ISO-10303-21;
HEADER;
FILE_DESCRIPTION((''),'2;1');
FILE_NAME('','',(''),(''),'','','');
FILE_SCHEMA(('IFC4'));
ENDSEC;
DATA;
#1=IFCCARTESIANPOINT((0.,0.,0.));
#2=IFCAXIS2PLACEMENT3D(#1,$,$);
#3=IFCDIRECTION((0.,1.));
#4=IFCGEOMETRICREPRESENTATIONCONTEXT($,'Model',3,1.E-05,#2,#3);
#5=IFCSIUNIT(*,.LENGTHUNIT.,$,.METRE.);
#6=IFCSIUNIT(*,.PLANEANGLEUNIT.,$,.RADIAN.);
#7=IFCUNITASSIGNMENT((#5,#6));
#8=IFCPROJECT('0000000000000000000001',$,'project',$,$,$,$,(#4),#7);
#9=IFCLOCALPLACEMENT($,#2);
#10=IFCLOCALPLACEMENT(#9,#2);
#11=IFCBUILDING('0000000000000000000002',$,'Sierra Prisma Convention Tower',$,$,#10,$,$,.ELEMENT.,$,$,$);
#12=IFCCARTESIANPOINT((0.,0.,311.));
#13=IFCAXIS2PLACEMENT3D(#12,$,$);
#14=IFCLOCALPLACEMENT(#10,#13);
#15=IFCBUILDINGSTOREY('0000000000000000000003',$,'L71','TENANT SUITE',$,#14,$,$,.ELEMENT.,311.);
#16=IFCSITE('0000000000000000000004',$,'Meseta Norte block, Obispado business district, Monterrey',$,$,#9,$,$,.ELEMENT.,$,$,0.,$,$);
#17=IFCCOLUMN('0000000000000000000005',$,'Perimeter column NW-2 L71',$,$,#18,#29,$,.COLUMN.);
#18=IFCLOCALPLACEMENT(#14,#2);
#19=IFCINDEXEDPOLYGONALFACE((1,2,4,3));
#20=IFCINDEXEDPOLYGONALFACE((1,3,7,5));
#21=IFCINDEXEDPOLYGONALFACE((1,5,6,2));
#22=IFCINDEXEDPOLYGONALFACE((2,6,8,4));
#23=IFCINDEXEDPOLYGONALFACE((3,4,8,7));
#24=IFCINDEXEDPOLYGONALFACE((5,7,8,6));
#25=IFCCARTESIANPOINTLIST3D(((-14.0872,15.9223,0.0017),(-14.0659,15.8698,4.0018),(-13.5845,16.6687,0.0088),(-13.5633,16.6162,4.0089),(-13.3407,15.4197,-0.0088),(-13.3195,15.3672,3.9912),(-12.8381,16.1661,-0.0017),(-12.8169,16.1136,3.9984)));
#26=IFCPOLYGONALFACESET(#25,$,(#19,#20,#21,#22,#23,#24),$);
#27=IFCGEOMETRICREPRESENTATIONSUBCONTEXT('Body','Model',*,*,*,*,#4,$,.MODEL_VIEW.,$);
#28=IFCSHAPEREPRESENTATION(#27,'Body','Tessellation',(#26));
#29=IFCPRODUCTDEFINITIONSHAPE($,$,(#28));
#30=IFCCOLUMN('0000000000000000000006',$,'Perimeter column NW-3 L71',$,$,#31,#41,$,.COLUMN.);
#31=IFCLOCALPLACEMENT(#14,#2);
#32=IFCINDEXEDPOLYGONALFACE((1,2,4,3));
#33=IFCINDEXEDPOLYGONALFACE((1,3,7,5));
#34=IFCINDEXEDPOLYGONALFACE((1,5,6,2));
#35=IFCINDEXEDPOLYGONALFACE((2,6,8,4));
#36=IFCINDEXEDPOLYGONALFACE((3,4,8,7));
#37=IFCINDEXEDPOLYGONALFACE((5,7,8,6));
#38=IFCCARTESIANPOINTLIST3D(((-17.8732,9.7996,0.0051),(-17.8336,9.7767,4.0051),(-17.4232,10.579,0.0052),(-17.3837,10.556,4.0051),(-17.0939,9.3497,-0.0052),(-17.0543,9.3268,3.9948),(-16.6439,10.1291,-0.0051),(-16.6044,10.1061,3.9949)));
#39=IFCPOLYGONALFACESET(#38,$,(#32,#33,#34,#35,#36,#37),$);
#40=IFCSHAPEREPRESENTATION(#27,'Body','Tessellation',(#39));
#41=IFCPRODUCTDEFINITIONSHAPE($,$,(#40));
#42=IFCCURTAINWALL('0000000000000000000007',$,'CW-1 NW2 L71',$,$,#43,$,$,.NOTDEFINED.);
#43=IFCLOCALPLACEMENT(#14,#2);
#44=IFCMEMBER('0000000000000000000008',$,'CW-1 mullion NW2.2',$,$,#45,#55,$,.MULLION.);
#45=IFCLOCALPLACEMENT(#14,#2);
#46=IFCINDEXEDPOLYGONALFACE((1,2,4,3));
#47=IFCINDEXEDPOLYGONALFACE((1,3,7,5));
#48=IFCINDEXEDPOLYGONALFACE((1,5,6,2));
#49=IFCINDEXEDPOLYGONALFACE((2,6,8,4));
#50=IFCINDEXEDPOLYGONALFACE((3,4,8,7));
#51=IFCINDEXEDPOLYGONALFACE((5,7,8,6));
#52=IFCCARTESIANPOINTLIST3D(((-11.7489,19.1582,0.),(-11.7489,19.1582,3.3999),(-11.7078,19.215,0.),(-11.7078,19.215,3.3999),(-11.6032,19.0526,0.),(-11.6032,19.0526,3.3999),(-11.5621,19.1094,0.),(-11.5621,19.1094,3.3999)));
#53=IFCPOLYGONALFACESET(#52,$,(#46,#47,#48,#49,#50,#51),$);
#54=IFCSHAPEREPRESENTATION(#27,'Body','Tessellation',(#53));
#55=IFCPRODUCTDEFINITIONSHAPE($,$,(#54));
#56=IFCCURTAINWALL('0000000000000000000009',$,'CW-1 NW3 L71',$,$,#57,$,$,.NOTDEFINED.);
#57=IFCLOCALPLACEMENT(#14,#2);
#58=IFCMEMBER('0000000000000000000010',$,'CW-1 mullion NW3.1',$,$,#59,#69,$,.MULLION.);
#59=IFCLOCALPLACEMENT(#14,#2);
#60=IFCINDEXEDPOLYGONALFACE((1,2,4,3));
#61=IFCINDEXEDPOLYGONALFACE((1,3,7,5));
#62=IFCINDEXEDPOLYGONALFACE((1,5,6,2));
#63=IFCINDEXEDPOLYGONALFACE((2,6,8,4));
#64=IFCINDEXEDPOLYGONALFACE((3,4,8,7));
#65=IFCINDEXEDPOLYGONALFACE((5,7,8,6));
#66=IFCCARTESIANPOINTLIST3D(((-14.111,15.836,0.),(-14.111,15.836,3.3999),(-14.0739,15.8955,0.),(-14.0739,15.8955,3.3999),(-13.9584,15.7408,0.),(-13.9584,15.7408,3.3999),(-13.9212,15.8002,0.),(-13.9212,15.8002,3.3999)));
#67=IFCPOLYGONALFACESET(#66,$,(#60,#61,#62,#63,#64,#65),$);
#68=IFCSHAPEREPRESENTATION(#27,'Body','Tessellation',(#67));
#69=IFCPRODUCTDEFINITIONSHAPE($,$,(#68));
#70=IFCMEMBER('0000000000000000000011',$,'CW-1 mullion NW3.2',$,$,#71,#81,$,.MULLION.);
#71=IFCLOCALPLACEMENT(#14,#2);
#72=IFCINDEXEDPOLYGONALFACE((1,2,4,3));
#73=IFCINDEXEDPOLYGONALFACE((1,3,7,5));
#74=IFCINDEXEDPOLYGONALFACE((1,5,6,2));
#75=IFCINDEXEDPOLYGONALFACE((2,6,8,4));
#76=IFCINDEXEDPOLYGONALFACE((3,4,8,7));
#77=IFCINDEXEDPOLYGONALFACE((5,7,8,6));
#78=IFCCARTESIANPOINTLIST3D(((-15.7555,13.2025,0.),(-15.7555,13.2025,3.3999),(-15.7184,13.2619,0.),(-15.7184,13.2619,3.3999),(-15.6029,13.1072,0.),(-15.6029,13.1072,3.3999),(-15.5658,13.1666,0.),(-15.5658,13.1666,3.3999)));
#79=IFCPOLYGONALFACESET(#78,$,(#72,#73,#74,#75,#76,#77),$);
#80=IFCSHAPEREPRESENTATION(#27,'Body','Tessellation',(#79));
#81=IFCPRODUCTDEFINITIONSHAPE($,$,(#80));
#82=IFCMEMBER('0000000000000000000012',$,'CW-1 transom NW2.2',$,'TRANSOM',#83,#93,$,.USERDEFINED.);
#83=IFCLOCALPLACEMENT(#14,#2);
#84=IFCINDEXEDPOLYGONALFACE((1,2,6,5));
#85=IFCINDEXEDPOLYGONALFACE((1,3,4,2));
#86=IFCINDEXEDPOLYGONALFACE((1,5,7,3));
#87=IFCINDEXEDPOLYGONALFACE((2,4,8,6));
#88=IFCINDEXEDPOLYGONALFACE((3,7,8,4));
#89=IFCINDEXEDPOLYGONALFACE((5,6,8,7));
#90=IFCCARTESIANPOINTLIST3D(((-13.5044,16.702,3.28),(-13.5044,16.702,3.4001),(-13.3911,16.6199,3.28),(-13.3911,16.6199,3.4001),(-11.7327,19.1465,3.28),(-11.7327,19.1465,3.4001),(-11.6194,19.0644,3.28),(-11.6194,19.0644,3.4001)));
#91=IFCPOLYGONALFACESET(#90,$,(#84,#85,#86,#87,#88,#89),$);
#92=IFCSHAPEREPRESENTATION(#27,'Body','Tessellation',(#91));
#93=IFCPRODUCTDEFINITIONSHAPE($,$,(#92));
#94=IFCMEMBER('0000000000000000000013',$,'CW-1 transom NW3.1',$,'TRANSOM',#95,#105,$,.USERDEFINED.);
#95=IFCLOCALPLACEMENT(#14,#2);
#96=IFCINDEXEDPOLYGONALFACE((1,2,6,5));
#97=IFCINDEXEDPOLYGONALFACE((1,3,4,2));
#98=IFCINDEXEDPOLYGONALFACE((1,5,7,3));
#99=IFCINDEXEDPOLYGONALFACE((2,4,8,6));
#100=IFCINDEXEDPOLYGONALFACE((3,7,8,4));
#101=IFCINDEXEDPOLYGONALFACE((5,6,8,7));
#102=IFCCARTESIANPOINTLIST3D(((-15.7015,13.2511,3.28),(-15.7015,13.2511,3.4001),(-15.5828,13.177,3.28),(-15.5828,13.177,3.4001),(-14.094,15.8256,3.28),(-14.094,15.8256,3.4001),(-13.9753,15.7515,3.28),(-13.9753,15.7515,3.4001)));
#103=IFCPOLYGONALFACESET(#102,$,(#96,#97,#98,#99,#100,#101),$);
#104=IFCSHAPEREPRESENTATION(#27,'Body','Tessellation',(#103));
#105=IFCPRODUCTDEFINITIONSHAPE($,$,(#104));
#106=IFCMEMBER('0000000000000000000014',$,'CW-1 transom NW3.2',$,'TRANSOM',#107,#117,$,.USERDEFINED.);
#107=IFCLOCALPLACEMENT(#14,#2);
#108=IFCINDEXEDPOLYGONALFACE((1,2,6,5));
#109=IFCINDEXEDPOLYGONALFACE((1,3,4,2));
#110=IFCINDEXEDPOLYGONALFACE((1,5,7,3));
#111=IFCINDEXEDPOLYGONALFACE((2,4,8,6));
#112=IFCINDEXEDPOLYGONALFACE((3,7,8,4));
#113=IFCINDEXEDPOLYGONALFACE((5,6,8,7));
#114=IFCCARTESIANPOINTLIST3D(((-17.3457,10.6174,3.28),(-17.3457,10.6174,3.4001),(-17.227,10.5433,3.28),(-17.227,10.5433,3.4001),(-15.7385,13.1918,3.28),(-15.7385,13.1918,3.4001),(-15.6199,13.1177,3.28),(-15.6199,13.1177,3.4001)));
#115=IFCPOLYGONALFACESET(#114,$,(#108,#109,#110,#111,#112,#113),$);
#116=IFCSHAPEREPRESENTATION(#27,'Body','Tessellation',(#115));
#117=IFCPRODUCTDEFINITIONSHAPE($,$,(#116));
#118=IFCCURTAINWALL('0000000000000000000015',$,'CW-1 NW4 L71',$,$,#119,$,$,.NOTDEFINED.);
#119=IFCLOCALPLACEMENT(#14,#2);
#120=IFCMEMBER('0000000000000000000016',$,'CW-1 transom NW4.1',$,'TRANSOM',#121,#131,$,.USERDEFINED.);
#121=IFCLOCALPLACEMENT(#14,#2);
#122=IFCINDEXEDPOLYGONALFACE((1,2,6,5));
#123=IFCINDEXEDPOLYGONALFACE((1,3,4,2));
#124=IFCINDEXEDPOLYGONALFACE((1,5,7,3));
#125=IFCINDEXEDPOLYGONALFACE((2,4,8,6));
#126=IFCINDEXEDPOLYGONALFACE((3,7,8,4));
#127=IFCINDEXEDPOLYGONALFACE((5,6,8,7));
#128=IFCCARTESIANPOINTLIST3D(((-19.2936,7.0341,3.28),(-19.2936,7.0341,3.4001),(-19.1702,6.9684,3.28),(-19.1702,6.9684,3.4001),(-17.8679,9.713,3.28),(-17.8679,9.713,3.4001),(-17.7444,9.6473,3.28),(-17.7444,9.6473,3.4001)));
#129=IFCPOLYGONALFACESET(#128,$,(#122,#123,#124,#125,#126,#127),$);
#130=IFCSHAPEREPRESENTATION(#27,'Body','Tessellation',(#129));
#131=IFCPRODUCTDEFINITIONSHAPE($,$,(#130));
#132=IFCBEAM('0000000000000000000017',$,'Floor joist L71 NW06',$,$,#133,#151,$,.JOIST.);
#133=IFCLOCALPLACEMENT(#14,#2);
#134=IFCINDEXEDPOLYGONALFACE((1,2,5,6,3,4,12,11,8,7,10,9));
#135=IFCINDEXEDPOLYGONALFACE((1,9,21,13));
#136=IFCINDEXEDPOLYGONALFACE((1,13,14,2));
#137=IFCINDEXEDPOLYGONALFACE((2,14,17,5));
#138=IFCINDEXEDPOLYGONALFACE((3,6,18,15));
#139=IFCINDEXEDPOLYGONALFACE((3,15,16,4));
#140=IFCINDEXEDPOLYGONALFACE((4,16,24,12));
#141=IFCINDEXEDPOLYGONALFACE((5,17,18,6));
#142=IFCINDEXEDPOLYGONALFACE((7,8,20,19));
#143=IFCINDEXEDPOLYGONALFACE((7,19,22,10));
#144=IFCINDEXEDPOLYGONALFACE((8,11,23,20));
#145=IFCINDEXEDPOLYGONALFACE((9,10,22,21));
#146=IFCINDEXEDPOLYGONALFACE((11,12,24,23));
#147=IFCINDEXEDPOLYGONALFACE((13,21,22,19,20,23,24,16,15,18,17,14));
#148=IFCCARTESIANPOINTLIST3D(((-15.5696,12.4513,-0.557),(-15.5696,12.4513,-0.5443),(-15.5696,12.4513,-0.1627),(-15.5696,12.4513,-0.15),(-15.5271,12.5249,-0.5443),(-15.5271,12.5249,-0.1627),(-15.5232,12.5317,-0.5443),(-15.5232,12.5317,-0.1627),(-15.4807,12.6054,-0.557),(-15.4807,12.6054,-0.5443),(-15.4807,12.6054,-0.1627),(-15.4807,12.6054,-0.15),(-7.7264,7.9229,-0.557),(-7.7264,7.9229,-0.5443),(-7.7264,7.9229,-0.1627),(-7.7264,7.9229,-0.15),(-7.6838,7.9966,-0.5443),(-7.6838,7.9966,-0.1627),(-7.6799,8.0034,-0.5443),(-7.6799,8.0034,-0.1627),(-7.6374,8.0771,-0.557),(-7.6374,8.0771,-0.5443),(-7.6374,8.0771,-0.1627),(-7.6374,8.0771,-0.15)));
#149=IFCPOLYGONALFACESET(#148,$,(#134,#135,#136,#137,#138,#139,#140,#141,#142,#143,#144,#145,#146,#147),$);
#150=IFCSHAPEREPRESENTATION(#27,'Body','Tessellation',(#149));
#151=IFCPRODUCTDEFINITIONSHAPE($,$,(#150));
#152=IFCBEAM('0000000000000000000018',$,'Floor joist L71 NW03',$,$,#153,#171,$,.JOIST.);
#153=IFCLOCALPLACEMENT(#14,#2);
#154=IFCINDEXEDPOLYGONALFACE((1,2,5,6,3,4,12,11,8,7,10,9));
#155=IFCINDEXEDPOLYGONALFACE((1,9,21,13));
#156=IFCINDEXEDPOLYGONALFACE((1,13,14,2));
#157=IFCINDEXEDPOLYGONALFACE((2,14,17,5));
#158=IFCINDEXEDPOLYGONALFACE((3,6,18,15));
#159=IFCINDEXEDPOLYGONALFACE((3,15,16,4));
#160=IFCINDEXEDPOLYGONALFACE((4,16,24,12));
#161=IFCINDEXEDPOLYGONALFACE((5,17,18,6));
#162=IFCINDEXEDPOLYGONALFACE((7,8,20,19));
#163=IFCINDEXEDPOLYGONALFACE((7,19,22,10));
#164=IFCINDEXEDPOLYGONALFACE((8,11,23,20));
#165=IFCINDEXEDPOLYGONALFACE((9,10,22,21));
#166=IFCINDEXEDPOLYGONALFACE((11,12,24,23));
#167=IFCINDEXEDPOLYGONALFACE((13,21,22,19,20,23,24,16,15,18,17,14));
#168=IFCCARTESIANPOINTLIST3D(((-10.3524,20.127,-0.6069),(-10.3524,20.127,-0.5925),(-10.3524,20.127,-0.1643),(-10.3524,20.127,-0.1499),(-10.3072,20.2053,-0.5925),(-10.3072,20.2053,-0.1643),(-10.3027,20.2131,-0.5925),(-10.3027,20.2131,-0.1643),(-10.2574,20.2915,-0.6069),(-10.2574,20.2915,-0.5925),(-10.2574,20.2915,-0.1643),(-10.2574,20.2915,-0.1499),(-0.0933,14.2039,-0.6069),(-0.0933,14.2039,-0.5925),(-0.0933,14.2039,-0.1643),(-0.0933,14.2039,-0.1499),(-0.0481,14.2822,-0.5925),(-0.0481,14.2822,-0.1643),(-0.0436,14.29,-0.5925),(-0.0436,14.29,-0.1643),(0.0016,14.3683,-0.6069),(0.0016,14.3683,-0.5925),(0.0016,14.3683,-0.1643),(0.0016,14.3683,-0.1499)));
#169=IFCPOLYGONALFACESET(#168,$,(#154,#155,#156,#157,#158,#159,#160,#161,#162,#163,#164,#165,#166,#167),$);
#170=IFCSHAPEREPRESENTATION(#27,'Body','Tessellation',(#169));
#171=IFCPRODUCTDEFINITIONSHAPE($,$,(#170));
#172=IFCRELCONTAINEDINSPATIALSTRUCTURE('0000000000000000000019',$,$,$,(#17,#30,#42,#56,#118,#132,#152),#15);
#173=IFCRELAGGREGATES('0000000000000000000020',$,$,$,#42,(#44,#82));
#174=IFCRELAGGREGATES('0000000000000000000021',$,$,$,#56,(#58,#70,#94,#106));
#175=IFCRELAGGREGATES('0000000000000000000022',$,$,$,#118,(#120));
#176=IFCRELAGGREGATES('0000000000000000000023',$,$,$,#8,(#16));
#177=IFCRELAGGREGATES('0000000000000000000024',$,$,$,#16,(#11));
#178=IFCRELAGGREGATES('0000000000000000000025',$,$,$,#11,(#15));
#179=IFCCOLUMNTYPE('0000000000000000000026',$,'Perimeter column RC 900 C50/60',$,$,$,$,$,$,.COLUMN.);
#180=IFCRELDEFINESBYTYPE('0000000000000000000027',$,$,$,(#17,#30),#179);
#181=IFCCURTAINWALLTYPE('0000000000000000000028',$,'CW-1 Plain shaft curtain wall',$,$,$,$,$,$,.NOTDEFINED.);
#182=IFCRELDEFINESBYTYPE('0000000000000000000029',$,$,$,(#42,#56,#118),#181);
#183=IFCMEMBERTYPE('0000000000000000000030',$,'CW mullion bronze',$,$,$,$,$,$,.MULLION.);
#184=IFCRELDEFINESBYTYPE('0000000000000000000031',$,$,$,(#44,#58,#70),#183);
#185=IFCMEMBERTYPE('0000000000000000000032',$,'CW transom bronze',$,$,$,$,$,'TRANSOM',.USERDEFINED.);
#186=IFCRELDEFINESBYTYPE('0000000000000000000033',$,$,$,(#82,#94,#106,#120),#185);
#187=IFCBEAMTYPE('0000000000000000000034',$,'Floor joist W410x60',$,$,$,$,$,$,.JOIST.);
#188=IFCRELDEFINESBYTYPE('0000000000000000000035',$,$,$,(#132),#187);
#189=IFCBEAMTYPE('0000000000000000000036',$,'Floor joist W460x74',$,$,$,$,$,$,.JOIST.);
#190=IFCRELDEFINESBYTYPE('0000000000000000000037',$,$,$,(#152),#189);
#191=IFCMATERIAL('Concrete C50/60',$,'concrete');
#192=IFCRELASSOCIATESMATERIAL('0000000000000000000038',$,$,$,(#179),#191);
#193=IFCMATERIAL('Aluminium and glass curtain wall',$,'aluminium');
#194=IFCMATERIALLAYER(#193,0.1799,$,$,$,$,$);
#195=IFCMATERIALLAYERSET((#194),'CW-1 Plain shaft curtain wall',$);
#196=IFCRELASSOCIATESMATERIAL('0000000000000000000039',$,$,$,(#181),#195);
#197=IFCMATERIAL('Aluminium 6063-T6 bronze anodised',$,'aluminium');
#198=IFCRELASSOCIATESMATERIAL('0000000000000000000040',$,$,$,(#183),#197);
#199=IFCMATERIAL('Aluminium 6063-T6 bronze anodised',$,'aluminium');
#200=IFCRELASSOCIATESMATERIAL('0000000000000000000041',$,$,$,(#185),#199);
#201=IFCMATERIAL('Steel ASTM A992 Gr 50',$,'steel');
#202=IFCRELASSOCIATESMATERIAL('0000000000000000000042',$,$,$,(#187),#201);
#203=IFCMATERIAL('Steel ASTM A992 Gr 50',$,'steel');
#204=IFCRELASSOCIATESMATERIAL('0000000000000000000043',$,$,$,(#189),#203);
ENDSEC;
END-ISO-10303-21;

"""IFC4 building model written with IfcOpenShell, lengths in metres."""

from ifc_helpers import new_model, si_unit, direction, frame, origin, origin_2d, place, context, subcontext, project, spatial, rectangle, i_section, extrude, material, layer, layer_set, material_profile, profile_set, type_object, element, aggregate, save


model = new_model("IFC4")

# Units and contexts
model_context = context("Model", 3, precision=1e-05, world=origin(), true_north=direction((0.0, 1.0)))
body_context = subcontext(model_context, "Body", "Model", "MODEL_VIEW")
ifc_project = project(units=[si_unit("LENGTHUNIT", "METRE"), si_unit("PLANEANGLEUNIT", "RADIAN")], contexts=[model_context])

# Site, building, storey
site_placement = place(None, origin())
site = spatial("IfcSite", under=ifc_project, at=site_placement, Name="Meseta Norte block, Obispado business district, Monterrey", CompositionType="ELEMENT", RefElevation=0.0)
building_placement = place(site_placement, origin())
building = spatial("IfcBuilding", under=site, at=building_placement, Name="Sierra Prisma Convention Tower", CompositionType="ELEMENT")
storey_placement = place(building_placement, frame((0.0, 0.0, 311.0)))
storey = spatial("IfcBuildingStorey", under=building, at=storey_placement, Name="L71", Description="TENANT SUITE", CompositionType="ELEMENT", Elevation=311.0)

# Columns
ifc_material_1 = material(Name="Concrete C50/60", Category="concrete")
ifc_material_profile_1 = material_profile(ifc_material_1, rectangle(XDim=0.8999, YDim=0.8999, at=origin_2d()), Name="Perimeter column RC 900 C50/60")
ifc_profile_set_1 = profile_set([ifc_material_profile_1], Name="Concrete C50/60")
column_type = type_object("IfcColumnType", Name="Perimeter column RC 900 C50/60", PredefinedType="COLUMN", material=ifc_profile_set_1)
column_1_placement = place(storey_placement, frame((-13.4626, 16.0442, 0.0), z_axis=(0.00531, -0.013121, 0.9999), x_axis=(0.55854, 0.82944, 0.007918)))
element("IfcColumn", 1, at=column_1_placement, inside=storey, type_object=column_type, Name="Perimeter column NW-2 L71", PredefinedType="COLUMN", context=body_context, shape_type="SweptSolid", body=[
    extrude(rectangle(XDim=0.8999, YDim=0.8999, at=origin_2d()), origin(), (0.0, 0.0, 1.0), 4.0005),
])
column_2_placement = place(storey_placement, frame((-17.2585, 9.9644, 0.0), z_axis=(0.009887, -0.005737, 0.999935), x_axis=(0.499976, 0.86604, 0.000025)))
element("IfcColumn", 2, at=column_2_placement, inside=storey, type_object=column_type, Name="Perimeter column NW-3 L71", PredefinedType="COLUMN", context=body_context, shape_type="SweptSolid", body=[
    extrude(rectangle(XDim=0.8999, YDim=0.8999, at=origin_2d()), origin(), (0.0, 0.0, 1.0), 4.0002),
])

# Curtain wall, member
ifc_material_2 = material(Name="Aluminium and glass curtain wall", Category="aluminium")
ifc_layer_1 = layer(ifc_material_2, 0.1799)
ifc_layer_set_1 = layer_set([ifc_layer_1], Name="CW-1 Plain shaft curtain wall")
curtain_wall_type = type_object("IfcCurtainWallType", Name="CW-1 Plain shaft curtain wall", PredefinedType="NOTDEFINED", material=ifc_layer_set_1)
curtain_wall_1_placement = place(storey_placement, origin())
curtain_wall_1 = element("IfcCurtainWall", 3, at=curtain_wall_1_placement, inside=storey, type_object=curtain_wall_type, Name="CW-1 NW2 L71", PredefinedType="NOTDEFINED")
ifc_material_3 = material(Name="Aluminium 6063-T6 bronze anodised", Category="aluminium")
ifc_material_profile_2 = material_profile(ifc_material_3, rectangle(XDim=0.1799, YDim=0.0701, at=origin_2d()), Name="ALU MULLION 70x180")
ifc_profile_set_2 = profile_set([ifc_material_profile_2], Name="Aluminium 6063-T6 bronze anodised")
member_type_1 = type_object("IfcMemberType", Name="CW mullion bronze", PredefinedType="MULLION", material=ifc_profile_set_2)
member_1_placement = place(storey_placement, frame((-11.6555, 19.1338, 0.0), z_axis=(0.0, 0.0, 1.0), x_axis=(0.809702, -0.586841, 0.0)))
member_1 = element("IfcMember", 4, at=member_1_placement, type_object=member_type_1, Name="CW-1 mullion NW2.2", PredefinedType="MULLION", context=body_context, shape_type="SweptSolid", body=[
    extrude(rectangle(XDim=0.1799, YDim=0.0701, at=origin_2d()), origin(), (0.0, 0.0, 1.0), 3.3999),
])

# Curtain wall, members
curtain_wall_2_placement = place(storey_placement, origin())
curtain_wall_2 = element("IfcCurtainWall", 5, at=curtain_wall_2_placement, inside=storey, type_object=curtain_wall_type, Name="CW-1 NW3 L71", PredefinedType="NOTDEFINED")
member_2_placement = place(storey_placement, frame((-14.0161, 15.8181, 0.0), z_axis=(0.0, 0.0, 1.0), x_axis=(0.848254, -0.529589, 0.0)))
member_2 = element("IfcMember", 6, at=member_2_placement, type_object=member_type_1, Name="CW-1 mullion NW3.1", PredefinedType="MULLION", context=body_context, shape_type="SweptSolid", body=[
    extrude(rectangle(XDim=0.1799, YDim=0.0701, at=origin_2d()), origin(), (0.0, 0.0, 1.0), 3.3999),
])
member_3_placement = place(storey_placement, frame((-15.6606, 13.1846, 0.0), z_axis=(0.0, 0.0, 1.0), x_axis=(0.848254, -0.529589, 0.0)))
member_3 = element("IfcMember", 7, at=member_3_placement, type_object=member_type_1, Name="CW-1 mullion NW3.2", PredefinedType="MULLION", context=body_context, shape_type="SweptSolid", body=[
    extrude(rectangle(XDim=0.1799, YDim=0.0701, at=origin_2d()), origin(), (0.0, 0.0, 1.0), 3.3999),
])

# Members
ifc_material_4 = material(Name="Aluminium 6063-T6 bronze anodised", Category="aluminium")
ifc_material_profile_3 = material_profile(ifc_material_4, rectangle(XDim=0.1399, YDim=0.1201, at=origin_2d()), Name="ALU TRANSOM 120x140")
ifc_profile_set_3 = profile_set([ifc_material_profile_3], Name="Aluminium 6063-T6 bronze anodised")
member_type_2 = type_object("IfcMemberType", Name="CW transom bronze", ElementType="TRANSOM", PredefinedType="USERDEFINED", material=ifc_profile_set_3)
member_4_placement = place(storey_placement, frame((-11.676, 19.1055, 3.3401), z_axis=(-0.586839, -0.809704, 0.0), x_axis=(0.809704, -0.586839, 0.0)))
member_4 = element("IfcMember", 8, at=member_4_placement, type_object=member_type_2, Name="CW-1 transom NW2.2", ObjectType="TRANSOM", PredefinedType="USERDEFINED", context=body_context, shape_type="SweptSolid", body=[
    extrude(rectangle(XDim=0.1399, YDim=0.1201, at=origin_2d()), origin(), (0.0, 0.0, 1.0), 3.019),
])
member_5_placement = place(storey_placement, frame((-14.0347, 15.7886, 3.3401), z_axis=(-0.529616, -0.848238, 0.0), x_axis=(0.848238, -0.529616, 0.0)))
member_5 = element("IfcMember", 9, at=member_5_placement, type_object=member_type_2, Name="CW-1 transom NW3.1", ObjectType="TRANSOM", PredefinedType="USERDEFINED", context=body_context, shape_type="SweptSolid", body=[
    extrude(rectangle(XDim=0.1399, YDim=0.1201, at=origin_2d()), origin(), (0.0, 0.0, 1.0), 3.0352),
])
member_6_placement = place(storey_placement, frame((-15.6792, 13.1548, 3.3401), z_axis=(-0.529558, -0.848274, 0.0), x_axis=(0.848274, -0.529558, 0.0)))
member_6 = element("IfcMember", 10, at=member_6_placement, type_object=member_type_2, Name="CW-1 transom NW3.2", ObjectType="TRANSOM", PredefinedType="USERDEFINED", context=body_context, shape_type="SweptSolid", body=[
    extrude(rectangle(XDim=0.1399, YDim=0.1201, at=origin_2d()), origin(), (0.0, 0.0, 1.0), 3.0349),
])

# Curtain wall, member
curtain_wall_3_placement = place(storey_placement, origin())
curtain_wall_3 = element("IfcCurtainWall", 11, at=curtain_wall_3_placement, inside=storey, type_object=curtain_wall_type, Name="CW-1 NW4 L71", PredefinedType="NOTDEFINED")
member_7_placement = place(storey_placement, frame((-17.8062, 9.6802, 3.3401), z_axis=(-0.46982, -0.882762, 0.0), x_axis=(0.882762, -0.46982, 0.0)))
member_7 = element("IfcMember", 12, at=member_7_placement, type_object=member_type_2, Name="CW-1 transom NW4.1", ObjectType="TRANSOM", PredefinedType="USERDEFINED", context=body_context, shape_type="SweptSolid", body=[
    extrude(rectangle(XDim=0.1399, YDim=0.1201, at=origin_2d()), origin(), (0.0, 0.0, 1.0), 3.0347),
])

# Beams
ifc_material_5 = material(Name="Steel ASTM A992 Gr 50", Category="steel")
ifc_material_profile_4 = material_profile(ifc_material_5, i_section(OverallWidth=0.178, OverallDepth=0.407, WebThickness=0.0078, FlangeThickness=0.0127, at=origin_2d()), Name="W410x60")
ifc_profile_set_4 = profile_set([ifc_material_profile_4], Name="Steel ASTM A992 Gr 50")
beam_type_1 = type_object("IfcBeamType", Name="Floor joist W410x60", PredefinedType="JOIST", material=ifc_profile_set_4)
beam_1_placement = place(storey_placement, frame((-15.5251, 12.5283, -0.3535), z_axis=(0.866025, -0.500001, 0.0), x_axis=(0.500001, 0.866025, 0.0)))
element("IfcBeam", 13, at=beam_1_placement, inside=storey, type_object=beam_type_1, Name="Floor joist L71 NW06", PredefinedType="JOIST", context=body_context, shape_type="SweptSolid", body=[
    extrude(i_section(OverallWidth=0.178, OverallDepth=0.407, WebThickness=0.0078, FlangeThickness=0.0127, at=origin_2d()), origin(), (0.0, 0.0, 1.0), 9.0566),
])
ifc_material_6 = material(Name="Steel ASTM A992 Gr 50", Category="steel")
ifc_material_profile_5 = material_profile(ifc_material_6, i_section(OverallWidth=0.1899, OverallDepth=0.457, WebThickness=0.009, FlangeThickness=0.0144, at=origin_2d()), Name="W460x74")
ifc_profile_set_5 = profile_set([ifc_material_profile_5], Name="Steel ASTM A992 Gr 50")
beam_type_2 = type_object("IfcBeamType", Name="Floor joist W460x74", PredefinedType="JOIST", material=ifc_profile_set_5)
beam_2_placement = place(storey_placement, frame((-10.3049, 20.2092, -0.3784), z_axis=(0.866024, -0.500003, 0.0), x_axis=(0.500003, 0.866024, 0.0)))
element("IfcBeam", 14, at=beam_2_placement, inside=storey, type_object=beam_type_2, Name="Floor joist L71 NW03", PredefinedType="JOIST", context=body_context, shape_type="SweptSolid", body=[
    extrude(i_section(OverallWidth=0.1899, OverallDepth=0.457, WebThickness=0.009, FlangeThickness=0.0144, at=origin_2d()), origin(), (0.0, 0.0, 1.0), 11.8462),
])

aggregate(curtain_wall_1, [member_1, member_4])
aggregate(curtain_wall_2, [member_2, member_3, member_5, member_6])
aggregate(curtain_wall_3, [member_7])

save(model, "model.ifc")
